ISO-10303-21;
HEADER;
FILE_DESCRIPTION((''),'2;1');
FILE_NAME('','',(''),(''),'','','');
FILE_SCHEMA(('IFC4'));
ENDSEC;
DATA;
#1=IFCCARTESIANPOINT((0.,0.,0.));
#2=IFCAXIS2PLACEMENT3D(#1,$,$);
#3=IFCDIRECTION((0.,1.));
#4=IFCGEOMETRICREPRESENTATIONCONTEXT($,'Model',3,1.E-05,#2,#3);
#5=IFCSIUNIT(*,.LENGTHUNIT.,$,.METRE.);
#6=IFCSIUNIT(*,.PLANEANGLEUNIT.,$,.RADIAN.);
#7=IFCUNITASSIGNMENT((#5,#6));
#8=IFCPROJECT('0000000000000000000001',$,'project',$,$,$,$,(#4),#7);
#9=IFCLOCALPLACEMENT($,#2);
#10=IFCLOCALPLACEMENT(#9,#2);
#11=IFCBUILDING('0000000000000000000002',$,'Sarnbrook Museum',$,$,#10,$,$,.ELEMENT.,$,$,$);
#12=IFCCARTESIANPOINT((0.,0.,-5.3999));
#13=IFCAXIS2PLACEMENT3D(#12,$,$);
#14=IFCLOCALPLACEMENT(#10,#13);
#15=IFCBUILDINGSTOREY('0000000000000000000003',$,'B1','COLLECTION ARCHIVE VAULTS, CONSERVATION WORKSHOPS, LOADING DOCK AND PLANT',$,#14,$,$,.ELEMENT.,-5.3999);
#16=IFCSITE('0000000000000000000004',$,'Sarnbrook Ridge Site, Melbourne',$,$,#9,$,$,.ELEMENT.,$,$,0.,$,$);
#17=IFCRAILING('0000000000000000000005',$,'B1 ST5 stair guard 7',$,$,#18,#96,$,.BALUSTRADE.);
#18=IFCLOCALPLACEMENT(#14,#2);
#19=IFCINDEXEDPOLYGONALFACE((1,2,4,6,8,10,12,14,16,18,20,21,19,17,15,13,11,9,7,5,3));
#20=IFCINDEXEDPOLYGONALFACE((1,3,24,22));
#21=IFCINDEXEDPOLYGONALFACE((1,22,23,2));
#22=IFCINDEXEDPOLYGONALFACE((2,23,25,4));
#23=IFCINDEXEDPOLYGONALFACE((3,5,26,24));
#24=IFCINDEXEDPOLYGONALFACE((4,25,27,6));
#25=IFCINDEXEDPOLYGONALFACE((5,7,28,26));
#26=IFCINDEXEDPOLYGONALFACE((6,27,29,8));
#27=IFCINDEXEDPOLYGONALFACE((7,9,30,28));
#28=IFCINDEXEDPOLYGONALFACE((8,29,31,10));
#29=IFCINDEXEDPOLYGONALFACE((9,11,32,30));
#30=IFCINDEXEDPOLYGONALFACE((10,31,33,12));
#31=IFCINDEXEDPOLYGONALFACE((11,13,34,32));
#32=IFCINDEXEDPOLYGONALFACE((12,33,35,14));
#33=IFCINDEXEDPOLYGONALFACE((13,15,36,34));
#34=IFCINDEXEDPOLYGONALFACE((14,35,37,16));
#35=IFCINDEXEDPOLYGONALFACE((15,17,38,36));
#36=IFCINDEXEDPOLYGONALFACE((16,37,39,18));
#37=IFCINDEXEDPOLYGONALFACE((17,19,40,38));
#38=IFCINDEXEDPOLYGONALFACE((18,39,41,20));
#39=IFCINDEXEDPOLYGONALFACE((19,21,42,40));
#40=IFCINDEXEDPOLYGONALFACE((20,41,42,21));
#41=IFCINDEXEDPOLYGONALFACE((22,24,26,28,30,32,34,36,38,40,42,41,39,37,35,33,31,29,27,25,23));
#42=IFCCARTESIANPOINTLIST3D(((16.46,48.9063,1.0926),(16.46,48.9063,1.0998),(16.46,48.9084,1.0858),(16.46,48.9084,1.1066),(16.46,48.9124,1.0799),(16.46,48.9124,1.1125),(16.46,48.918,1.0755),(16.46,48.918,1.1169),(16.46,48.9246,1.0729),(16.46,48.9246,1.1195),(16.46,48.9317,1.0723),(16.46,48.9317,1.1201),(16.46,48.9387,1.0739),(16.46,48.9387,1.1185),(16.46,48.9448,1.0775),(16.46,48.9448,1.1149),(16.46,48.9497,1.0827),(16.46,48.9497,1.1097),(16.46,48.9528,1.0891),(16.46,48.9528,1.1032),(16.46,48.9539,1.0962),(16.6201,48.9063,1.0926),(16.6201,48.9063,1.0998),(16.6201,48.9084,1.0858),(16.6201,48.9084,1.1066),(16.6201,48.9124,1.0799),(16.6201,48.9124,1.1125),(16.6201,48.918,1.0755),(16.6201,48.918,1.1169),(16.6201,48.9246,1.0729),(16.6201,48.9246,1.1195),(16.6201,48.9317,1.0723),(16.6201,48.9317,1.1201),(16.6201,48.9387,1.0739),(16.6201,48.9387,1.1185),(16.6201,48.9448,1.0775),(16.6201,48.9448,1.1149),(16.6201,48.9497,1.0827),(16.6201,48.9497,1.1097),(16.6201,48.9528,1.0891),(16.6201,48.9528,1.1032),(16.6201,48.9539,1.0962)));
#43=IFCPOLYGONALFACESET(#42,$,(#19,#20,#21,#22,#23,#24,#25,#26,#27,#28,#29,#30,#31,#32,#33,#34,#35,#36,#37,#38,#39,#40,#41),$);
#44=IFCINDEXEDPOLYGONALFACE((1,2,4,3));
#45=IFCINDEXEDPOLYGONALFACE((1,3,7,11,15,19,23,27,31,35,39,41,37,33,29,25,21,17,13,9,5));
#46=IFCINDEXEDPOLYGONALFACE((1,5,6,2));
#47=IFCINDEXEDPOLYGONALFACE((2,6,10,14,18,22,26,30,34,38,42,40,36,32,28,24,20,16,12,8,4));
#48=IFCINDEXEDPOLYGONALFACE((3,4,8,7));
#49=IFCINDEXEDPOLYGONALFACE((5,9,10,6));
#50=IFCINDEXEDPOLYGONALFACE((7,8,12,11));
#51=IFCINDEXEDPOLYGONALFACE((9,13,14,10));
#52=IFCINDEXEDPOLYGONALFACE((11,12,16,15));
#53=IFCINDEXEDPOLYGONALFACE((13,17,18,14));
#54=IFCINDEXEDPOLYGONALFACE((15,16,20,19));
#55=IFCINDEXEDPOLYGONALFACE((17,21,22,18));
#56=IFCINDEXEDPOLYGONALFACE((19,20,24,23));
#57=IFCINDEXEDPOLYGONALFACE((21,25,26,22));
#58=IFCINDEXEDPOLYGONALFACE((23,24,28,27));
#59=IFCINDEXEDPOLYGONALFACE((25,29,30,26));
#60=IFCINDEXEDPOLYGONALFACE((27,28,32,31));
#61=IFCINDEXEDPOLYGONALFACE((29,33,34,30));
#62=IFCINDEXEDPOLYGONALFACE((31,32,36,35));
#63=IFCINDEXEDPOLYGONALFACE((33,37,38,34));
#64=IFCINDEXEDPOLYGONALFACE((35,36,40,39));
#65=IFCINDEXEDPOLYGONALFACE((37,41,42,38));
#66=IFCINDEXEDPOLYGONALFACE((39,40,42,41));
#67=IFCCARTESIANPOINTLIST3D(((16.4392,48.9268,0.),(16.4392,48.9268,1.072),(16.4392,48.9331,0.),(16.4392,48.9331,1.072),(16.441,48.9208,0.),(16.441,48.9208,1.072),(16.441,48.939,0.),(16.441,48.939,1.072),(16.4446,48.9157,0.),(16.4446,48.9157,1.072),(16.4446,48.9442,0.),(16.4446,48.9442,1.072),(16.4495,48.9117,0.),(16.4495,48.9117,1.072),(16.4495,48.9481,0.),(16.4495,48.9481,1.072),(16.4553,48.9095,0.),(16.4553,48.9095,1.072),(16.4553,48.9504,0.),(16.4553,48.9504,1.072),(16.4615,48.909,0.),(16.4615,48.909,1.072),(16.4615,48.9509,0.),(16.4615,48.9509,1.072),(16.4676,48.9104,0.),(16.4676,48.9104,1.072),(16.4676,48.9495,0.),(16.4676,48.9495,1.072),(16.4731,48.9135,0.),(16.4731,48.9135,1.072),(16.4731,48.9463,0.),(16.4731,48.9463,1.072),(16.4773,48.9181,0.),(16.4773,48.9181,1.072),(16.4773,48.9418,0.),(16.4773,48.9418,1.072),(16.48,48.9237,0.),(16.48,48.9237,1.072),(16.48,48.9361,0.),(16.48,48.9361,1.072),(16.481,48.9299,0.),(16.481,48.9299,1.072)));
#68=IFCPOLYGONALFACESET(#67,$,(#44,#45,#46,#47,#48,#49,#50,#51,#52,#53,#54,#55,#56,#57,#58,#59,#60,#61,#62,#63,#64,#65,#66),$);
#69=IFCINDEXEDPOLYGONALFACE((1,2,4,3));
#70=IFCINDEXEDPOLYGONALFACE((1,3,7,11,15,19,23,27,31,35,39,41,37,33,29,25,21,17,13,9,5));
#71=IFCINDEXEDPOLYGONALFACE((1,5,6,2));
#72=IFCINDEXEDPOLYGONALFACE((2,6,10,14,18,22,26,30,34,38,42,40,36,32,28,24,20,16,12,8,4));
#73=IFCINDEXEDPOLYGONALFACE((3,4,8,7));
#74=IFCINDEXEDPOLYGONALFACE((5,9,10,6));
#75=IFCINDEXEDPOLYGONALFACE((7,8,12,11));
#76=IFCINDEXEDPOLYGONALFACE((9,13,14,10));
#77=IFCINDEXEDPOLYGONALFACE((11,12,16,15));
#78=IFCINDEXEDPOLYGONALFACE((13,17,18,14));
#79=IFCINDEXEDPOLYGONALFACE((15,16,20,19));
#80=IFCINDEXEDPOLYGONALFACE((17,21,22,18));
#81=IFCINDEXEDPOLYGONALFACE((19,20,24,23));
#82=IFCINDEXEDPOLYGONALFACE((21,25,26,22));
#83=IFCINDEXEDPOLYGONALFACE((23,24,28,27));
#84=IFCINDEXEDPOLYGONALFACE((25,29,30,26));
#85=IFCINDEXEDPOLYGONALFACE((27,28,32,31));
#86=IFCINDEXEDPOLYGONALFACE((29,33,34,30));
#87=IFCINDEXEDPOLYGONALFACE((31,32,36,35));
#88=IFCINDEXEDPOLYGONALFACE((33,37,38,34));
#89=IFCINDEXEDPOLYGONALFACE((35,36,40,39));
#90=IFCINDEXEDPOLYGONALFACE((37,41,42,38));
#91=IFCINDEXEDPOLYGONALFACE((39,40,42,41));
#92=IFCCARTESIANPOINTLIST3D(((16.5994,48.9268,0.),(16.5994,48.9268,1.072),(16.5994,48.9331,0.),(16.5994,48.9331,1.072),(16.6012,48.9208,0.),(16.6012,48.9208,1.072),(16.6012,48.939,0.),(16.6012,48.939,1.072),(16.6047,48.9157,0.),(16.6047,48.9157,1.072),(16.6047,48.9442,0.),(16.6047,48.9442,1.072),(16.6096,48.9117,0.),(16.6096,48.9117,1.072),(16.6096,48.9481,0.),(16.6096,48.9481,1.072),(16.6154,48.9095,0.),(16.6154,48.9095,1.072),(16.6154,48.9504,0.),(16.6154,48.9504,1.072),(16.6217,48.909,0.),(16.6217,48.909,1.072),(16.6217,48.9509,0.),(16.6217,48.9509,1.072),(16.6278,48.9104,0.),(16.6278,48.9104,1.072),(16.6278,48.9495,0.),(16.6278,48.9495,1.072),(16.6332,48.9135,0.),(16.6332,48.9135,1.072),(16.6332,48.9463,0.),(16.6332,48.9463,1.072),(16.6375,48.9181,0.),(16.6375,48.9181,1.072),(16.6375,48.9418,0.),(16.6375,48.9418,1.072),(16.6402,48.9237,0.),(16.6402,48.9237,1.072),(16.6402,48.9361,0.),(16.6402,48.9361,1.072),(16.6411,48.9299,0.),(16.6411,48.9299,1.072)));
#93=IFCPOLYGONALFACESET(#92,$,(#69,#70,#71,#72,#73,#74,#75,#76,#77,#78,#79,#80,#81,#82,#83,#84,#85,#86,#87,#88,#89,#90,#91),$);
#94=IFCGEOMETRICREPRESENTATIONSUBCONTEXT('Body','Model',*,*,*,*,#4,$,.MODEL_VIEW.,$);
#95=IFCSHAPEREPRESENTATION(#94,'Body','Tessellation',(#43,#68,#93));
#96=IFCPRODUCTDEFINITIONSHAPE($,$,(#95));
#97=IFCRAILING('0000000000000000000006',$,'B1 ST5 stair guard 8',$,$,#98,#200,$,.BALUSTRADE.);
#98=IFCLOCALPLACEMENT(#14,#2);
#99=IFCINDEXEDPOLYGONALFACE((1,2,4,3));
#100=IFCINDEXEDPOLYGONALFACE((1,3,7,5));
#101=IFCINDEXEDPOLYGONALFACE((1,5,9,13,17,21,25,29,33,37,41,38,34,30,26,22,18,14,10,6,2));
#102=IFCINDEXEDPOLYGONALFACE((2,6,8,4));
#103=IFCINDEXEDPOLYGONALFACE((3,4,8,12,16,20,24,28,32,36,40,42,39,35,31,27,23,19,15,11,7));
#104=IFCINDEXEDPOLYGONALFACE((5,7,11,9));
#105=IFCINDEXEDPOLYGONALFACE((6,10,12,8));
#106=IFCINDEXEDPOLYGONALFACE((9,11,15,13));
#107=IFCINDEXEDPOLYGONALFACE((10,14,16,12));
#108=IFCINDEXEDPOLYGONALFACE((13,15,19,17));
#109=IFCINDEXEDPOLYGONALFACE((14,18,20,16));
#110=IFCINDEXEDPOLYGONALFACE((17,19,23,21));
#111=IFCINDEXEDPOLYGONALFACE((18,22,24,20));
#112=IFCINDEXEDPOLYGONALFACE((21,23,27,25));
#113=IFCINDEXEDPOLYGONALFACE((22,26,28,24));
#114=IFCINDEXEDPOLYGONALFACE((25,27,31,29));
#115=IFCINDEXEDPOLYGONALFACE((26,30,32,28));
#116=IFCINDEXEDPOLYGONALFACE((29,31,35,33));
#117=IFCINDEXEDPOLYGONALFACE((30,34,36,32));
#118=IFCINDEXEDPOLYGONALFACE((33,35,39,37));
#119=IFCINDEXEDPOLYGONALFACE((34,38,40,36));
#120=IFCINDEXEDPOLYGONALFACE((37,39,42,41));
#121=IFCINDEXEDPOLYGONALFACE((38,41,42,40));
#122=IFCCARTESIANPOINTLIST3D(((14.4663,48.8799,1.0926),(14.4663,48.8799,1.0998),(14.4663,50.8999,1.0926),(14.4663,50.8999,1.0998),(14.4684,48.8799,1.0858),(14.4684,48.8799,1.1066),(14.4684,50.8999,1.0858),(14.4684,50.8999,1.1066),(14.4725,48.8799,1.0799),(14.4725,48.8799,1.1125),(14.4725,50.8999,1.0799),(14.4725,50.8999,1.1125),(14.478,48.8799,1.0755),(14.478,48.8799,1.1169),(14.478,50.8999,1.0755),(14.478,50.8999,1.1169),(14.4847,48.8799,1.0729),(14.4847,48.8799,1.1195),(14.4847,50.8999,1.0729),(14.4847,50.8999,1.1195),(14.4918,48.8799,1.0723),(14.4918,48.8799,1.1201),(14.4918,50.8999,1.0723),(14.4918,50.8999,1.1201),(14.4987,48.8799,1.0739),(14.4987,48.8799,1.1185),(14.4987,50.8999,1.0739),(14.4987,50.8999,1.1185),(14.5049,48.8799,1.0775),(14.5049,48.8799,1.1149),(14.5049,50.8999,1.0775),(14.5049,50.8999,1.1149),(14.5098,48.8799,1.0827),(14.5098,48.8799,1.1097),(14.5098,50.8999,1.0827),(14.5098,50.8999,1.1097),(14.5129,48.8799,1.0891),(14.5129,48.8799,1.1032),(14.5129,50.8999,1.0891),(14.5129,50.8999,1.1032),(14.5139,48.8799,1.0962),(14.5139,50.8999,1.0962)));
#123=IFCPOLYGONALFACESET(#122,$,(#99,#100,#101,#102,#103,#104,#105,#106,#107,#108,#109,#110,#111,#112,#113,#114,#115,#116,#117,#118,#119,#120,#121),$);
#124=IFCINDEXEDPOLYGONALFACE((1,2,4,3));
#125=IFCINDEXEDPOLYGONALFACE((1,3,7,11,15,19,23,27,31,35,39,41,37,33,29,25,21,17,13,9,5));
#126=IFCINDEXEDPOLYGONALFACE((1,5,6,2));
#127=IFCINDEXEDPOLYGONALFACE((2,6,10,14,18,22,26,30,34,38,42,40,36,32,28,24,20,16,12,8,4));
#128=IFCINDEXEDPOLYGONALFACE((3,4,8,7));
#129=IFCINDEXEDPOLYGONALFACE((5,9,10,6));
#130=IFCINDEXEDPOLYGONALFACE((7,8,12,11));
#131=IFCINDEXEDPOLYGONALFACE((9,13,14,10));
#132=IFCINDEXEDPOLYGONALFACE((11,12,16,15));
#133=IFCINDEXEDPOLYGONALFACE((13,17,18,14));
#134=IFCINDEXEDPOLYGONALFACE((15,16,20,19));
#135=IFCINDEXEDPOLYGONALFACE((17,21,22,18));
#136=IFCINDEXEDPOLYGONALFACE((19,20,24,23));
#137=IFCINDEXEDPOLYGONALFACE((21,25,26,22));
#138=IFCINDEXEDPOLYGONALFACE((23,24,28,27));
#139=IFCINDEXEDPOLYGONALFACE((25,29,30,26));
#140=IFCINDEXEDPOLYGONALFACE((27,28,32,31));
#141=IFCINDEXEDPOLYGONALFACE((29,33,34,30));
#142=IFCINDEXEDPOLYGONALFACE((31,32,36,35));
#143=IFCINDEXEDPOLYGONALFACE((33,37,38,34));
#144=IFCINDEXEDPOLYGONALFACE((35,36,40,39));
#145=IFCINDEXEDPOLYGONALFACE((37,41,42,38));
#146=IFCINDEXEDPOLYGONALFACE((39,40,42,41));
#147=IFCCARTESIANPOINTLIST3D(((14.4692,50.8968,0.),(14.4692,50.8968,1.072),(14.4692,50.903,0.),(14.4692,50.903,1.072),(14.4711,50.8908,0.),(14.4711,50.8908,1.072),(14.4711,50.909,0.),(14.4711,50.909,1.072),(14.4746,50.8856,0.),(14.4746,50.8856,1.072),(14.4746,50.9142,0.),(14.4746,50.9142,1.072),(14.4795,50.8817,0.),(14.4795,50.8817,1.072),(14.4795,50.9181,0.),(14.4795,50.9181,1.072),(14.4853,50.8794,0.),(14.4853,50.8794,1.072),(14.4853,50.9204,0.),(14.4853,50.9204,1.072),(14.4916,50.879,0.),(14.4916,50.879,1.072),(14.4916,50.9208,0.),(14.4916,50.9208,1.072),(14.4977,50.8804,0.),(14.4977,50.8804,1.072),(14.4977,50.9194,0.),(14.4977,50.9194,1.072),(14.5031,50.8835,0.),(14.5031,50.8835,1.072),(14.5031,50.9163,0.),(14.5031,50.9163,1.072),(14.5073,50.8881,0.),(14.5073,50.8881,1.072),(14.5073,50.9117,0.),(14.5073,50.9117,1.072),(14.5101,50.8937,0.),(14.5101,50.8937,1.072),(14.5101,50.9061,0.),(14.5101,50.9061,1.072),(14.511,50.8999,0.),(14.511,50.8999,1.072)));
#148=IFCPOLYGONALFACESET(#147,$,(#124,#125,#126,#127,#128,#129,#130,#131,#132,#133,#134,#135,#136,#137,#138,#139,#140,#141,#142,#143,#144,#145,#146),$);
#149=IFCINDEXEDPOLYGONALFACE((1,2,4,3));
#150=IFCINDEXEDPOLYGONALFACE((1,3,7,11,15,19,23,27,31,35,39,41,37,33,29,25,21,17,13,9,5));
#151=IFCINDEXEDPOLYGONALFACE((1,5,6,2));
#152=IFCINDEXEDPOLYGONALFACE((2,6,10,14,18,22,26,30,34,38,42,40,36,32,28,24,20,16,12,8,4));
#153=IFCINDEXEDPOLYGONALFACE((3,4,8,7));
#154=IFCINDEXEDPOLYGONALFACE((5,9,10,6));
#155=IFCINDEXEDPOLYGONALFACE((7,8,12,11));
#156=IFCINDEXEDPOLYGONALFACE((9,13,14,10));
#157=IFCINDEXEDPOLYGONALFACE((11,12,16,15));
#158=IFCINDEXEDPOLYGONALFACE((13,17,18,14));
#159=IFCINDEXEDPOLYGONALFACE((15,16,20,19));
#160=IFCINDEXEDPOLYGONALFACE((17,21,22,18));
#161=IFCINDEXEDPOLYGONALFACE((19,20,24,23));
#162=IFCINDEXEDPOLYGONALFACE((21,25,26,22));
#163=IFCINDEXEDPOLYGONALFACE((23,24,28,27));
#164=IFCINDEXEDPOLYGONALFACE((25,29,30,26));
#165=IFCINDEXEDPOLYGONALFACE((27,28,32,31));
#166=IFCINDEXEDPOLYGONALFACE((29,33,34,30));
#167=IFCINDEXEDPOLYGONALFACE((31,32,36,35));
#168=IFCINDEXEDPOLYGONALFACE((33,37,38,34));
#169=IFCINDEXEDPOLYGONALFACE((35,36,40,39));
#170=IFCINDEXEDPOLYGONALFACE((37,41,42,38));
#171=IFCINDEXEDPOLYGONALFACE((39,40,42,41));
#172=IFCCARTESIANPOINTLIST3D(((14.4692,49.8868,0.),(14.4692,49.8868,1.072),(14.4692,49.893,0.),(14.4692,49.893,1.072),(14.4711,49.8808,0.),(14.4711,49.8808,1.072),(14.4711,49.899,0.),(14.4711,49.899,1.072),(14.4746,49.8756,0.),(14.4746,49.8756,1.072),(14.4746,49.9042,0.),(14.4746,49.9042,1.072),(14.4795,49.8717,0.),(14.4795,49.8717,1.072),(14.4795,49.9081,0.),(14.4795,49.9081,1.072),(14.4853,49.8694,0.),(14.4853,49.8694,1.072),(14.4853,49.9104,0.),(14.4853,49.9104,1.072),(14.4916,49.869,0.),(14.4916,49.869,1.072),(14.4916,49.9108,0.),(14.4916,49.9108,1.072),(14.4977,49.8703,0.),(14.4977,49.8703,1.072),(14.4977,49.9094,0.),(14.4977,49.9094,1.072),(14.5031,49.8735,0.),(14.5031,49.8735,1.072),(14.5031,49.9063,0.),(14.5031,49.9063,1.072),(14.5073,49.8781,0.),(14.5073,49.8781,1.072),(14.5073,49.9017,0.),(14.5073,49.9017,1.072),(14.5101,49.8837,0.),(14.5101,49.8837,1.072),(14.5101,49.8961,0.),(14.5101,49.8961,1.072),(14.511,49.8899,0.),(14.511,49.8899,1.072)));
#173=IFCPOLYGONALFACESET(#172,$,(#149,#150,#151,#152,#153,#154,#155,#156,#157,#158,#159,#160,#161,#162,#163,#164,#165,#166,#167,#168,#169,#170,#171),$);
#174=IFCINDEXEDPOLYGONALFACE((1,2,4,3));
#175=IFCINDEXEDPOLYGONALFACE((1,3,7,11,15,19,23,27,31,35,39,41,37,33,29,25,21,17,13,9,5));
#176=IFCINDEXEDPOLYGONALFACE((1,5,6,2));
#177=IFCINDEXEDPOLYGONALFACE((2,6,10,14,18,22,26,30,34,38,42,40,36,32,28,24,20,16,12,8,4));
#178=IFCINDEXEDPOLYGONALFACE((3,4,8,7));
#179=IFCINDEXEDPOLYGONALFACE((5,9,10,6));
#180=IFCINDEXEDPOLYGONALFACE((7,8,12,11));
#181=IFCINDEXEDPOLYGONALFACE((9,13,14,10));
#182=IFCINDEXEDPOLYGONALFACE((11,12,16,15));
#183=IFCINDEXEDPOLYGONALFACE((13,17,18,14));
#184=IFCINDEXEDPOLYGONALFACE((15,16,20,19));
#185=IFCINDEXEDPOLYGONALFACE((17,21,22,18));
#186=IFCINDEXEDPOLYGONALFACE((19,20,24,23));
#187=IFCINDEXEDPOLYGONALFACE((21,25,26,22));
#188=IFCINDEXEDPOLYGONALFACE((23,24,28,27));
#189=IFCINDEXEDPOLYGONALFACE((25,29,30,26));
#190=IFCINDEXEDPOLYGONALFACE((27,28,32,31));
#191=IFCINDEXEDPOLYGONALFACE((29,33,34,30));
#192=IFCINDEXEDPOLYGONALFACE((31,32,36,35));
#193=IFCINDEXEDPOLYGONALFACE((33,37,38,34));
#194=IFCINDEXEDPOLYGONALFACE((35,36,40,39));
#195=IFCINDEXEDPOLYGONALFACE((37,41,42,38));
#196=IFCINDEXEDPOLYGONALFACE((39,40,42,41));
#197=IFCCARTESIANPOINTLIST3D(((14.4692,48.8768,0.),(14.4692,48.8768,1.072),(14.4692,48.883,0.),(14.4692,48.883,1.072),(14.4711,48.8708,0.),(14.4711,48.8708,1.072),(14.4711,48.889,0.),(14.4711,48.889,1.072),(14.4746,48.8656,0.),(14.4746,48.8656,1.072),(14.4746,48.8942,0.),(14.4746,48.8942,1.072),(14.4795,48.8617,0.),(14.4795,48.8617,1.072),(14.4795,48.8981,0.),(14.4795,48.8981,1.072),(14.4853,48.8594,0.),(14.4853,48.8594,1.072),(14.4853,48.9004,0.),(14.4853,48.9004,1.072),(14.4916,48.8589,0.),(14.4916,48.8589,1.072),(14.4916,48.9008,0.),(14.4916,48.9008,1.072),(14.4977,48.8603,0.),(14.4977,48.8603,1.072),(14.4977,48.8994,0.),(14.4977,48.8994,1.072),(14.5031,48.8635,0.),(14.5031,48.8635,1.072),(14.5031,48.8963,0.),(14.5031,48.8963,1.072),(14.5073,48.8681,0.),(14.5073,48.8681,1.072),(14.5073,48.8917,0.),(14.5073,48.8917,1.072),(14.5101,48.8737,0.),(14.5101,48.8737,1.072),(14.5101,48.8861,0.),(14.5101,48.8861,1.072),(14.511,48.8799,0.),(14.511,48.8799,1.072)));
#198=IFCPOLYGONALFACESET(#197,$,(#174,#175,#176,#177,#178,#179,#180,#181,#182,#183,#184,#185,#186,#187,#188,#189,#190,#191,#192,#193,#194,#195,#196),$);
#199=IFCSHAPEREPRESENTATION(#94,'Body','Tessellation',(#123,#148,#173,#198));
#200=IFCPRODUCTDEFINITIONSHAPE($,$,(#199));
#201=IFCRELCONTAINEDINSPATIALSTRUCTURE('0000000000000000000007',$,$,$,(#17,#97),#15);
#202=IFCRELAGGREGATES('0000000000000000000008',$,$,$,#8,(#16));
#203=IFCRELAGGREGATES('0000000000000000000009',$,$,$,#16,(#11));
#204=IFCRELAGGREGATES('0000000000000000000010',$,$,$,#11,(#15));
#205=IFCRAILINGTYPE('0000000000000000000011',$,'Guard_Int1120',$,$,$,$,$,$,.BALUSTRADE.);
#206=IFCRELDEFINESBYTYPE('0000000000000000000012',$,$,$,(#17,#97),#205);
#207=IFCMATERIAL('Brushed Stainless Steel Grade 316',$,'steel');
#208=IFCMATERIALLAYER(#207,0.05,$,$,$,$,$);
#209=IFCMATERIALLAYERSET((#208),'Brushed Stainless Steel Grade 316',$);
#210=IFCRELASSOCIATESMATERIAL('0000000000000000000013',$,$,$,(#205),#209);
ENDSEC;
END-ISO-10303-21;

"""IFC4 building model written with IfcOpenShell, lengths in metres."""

from ifc_helpers import new_model, si_unit, direction, frame, origin, origin_2d, place, context, subcontext, project, spatial, circle, extrude, material, layer, layer_set, type_object, element, save


model = new_model("IFC4")

# Units and contexts
model_context = context("Model", 3, precision=1e-05, world=origin(), true_north=direction((0.0, 1.0)))
body_context = subcontext(model_context, "Body", "Model", "MODEL_VIEW")
ifc_project = project(units=[si_unit("LENGTHUNIT", "METRE"), si_unit("PLANEANGLEUNIT", "RADIAN")], contexts=[model_context])

# Site, building, storey
site_placement = place(None, origin())
site = spatial("IfcSite", under=ifc_project, at=site_placement, Name="Sarnbrook Ridge Site, Melbourne", CompositionType="ELEMENT", RefElevation=0.0)
building_placement = place(site_placement, origin())
building = spatial("IfcBuilding", under=site, at=building_placement, Name="Sarnbrook Museum", CompositionType="ELEMENT")
storey_placement = place(building_placement, frame((0.0, 0.0, -5.3999)))
storey = spatial("IfcBuildingStorey", under=building, at=storey_placement, Name="B1", Description="COLLECTION ARCHIVE VAULTS, CONSERVATION WORKSHOPS, LOADING DOCK AND PLANT", CompositionType="ELEMENT", Elevation=-5.3999)

# Shared definitions
ifc_material_1 = material(Name="Brushed Stainless Steel Grade 316", Category="steel")

# Railings
ifc_layer_1 = layer(ifc_material_1, 0.05)
ifc_layer_set_1 = layer_set([ifc_layer_1], Name="Brushed Stainless Steel Grade 316")
railing_type_1 = type_object("IfcRailingType", Name="Guard_Int1120", PredefinedType="BALUSTRADE", material=ifc_layer_set_1)
railing_1_placement = place(storey_placement, frame((16.46, 48.9299, 0.0)))
element("IfcRailing", 1, at=railing_1_placement, inside=storey, type_object=railing_type_1, Name="B1 ST5 stair guard 7", PredefinedType="BALUSTRADE", context=body_context, shape_type="SweptSolid", body=[
    extrude(circle(Radius=0.0239, at=origin_2d()), frame((0.0, 0.0, 1.0962), z_axis=(1.0, 0.0, 0.0), x_axis=(0.0, 1.0, 0.0)), (0.0, 0.0, 1.0), 0.1602),
    extrude(circle(Radius=0.021, at=origin_2d()), origin(), (0.0, 0.0, 1.0), 1.072),
    extrude(circle(Radius=0.021, at=origin_2d()), frame((0.1602, 0.0, 0.0)), (0.0, 0.0, 1.0), 1.072),
])
for number, where, name in (
    (2, (14.49, 50.8999, 0.0), "B1 ST5 stair guard 8"),
):
    element("IfcRailing", number, at=place(storey_placement, frame(where)), inside=storey, type_object=railing_type_1, Name=name, PredefinedType="BALUSTRADE", context=body_context, shape_type="SweptSolid", body=[
        extrude(circle(Radius=0.0239, at=origin_2d()), frame((0.0, 0.0, 1.0962), z_axis=(0.0, -1.0, 0.0), x_axis=(1.0, 0.0, 0.0)), (0.0, 0.0, 1.0), 2.02),
        extrude(circle(Radius=0.021, at=origin_2d()), origin(), (0.0, 0.0, 1.0), 1.072),
        extrude(circle(Radius=0.021, at=origin_2d()), frame((0.0, -1.01, 0.0)), (0.0, 0.0, 1.0), 1.072),
        extrude(circle(Radius=0.021, at=origin_2d()), frame((0.0, -2.02, 0.0)), (0.0, 0.0, 1.0), 1.072),
    ])

save(model, "model.ifc")
